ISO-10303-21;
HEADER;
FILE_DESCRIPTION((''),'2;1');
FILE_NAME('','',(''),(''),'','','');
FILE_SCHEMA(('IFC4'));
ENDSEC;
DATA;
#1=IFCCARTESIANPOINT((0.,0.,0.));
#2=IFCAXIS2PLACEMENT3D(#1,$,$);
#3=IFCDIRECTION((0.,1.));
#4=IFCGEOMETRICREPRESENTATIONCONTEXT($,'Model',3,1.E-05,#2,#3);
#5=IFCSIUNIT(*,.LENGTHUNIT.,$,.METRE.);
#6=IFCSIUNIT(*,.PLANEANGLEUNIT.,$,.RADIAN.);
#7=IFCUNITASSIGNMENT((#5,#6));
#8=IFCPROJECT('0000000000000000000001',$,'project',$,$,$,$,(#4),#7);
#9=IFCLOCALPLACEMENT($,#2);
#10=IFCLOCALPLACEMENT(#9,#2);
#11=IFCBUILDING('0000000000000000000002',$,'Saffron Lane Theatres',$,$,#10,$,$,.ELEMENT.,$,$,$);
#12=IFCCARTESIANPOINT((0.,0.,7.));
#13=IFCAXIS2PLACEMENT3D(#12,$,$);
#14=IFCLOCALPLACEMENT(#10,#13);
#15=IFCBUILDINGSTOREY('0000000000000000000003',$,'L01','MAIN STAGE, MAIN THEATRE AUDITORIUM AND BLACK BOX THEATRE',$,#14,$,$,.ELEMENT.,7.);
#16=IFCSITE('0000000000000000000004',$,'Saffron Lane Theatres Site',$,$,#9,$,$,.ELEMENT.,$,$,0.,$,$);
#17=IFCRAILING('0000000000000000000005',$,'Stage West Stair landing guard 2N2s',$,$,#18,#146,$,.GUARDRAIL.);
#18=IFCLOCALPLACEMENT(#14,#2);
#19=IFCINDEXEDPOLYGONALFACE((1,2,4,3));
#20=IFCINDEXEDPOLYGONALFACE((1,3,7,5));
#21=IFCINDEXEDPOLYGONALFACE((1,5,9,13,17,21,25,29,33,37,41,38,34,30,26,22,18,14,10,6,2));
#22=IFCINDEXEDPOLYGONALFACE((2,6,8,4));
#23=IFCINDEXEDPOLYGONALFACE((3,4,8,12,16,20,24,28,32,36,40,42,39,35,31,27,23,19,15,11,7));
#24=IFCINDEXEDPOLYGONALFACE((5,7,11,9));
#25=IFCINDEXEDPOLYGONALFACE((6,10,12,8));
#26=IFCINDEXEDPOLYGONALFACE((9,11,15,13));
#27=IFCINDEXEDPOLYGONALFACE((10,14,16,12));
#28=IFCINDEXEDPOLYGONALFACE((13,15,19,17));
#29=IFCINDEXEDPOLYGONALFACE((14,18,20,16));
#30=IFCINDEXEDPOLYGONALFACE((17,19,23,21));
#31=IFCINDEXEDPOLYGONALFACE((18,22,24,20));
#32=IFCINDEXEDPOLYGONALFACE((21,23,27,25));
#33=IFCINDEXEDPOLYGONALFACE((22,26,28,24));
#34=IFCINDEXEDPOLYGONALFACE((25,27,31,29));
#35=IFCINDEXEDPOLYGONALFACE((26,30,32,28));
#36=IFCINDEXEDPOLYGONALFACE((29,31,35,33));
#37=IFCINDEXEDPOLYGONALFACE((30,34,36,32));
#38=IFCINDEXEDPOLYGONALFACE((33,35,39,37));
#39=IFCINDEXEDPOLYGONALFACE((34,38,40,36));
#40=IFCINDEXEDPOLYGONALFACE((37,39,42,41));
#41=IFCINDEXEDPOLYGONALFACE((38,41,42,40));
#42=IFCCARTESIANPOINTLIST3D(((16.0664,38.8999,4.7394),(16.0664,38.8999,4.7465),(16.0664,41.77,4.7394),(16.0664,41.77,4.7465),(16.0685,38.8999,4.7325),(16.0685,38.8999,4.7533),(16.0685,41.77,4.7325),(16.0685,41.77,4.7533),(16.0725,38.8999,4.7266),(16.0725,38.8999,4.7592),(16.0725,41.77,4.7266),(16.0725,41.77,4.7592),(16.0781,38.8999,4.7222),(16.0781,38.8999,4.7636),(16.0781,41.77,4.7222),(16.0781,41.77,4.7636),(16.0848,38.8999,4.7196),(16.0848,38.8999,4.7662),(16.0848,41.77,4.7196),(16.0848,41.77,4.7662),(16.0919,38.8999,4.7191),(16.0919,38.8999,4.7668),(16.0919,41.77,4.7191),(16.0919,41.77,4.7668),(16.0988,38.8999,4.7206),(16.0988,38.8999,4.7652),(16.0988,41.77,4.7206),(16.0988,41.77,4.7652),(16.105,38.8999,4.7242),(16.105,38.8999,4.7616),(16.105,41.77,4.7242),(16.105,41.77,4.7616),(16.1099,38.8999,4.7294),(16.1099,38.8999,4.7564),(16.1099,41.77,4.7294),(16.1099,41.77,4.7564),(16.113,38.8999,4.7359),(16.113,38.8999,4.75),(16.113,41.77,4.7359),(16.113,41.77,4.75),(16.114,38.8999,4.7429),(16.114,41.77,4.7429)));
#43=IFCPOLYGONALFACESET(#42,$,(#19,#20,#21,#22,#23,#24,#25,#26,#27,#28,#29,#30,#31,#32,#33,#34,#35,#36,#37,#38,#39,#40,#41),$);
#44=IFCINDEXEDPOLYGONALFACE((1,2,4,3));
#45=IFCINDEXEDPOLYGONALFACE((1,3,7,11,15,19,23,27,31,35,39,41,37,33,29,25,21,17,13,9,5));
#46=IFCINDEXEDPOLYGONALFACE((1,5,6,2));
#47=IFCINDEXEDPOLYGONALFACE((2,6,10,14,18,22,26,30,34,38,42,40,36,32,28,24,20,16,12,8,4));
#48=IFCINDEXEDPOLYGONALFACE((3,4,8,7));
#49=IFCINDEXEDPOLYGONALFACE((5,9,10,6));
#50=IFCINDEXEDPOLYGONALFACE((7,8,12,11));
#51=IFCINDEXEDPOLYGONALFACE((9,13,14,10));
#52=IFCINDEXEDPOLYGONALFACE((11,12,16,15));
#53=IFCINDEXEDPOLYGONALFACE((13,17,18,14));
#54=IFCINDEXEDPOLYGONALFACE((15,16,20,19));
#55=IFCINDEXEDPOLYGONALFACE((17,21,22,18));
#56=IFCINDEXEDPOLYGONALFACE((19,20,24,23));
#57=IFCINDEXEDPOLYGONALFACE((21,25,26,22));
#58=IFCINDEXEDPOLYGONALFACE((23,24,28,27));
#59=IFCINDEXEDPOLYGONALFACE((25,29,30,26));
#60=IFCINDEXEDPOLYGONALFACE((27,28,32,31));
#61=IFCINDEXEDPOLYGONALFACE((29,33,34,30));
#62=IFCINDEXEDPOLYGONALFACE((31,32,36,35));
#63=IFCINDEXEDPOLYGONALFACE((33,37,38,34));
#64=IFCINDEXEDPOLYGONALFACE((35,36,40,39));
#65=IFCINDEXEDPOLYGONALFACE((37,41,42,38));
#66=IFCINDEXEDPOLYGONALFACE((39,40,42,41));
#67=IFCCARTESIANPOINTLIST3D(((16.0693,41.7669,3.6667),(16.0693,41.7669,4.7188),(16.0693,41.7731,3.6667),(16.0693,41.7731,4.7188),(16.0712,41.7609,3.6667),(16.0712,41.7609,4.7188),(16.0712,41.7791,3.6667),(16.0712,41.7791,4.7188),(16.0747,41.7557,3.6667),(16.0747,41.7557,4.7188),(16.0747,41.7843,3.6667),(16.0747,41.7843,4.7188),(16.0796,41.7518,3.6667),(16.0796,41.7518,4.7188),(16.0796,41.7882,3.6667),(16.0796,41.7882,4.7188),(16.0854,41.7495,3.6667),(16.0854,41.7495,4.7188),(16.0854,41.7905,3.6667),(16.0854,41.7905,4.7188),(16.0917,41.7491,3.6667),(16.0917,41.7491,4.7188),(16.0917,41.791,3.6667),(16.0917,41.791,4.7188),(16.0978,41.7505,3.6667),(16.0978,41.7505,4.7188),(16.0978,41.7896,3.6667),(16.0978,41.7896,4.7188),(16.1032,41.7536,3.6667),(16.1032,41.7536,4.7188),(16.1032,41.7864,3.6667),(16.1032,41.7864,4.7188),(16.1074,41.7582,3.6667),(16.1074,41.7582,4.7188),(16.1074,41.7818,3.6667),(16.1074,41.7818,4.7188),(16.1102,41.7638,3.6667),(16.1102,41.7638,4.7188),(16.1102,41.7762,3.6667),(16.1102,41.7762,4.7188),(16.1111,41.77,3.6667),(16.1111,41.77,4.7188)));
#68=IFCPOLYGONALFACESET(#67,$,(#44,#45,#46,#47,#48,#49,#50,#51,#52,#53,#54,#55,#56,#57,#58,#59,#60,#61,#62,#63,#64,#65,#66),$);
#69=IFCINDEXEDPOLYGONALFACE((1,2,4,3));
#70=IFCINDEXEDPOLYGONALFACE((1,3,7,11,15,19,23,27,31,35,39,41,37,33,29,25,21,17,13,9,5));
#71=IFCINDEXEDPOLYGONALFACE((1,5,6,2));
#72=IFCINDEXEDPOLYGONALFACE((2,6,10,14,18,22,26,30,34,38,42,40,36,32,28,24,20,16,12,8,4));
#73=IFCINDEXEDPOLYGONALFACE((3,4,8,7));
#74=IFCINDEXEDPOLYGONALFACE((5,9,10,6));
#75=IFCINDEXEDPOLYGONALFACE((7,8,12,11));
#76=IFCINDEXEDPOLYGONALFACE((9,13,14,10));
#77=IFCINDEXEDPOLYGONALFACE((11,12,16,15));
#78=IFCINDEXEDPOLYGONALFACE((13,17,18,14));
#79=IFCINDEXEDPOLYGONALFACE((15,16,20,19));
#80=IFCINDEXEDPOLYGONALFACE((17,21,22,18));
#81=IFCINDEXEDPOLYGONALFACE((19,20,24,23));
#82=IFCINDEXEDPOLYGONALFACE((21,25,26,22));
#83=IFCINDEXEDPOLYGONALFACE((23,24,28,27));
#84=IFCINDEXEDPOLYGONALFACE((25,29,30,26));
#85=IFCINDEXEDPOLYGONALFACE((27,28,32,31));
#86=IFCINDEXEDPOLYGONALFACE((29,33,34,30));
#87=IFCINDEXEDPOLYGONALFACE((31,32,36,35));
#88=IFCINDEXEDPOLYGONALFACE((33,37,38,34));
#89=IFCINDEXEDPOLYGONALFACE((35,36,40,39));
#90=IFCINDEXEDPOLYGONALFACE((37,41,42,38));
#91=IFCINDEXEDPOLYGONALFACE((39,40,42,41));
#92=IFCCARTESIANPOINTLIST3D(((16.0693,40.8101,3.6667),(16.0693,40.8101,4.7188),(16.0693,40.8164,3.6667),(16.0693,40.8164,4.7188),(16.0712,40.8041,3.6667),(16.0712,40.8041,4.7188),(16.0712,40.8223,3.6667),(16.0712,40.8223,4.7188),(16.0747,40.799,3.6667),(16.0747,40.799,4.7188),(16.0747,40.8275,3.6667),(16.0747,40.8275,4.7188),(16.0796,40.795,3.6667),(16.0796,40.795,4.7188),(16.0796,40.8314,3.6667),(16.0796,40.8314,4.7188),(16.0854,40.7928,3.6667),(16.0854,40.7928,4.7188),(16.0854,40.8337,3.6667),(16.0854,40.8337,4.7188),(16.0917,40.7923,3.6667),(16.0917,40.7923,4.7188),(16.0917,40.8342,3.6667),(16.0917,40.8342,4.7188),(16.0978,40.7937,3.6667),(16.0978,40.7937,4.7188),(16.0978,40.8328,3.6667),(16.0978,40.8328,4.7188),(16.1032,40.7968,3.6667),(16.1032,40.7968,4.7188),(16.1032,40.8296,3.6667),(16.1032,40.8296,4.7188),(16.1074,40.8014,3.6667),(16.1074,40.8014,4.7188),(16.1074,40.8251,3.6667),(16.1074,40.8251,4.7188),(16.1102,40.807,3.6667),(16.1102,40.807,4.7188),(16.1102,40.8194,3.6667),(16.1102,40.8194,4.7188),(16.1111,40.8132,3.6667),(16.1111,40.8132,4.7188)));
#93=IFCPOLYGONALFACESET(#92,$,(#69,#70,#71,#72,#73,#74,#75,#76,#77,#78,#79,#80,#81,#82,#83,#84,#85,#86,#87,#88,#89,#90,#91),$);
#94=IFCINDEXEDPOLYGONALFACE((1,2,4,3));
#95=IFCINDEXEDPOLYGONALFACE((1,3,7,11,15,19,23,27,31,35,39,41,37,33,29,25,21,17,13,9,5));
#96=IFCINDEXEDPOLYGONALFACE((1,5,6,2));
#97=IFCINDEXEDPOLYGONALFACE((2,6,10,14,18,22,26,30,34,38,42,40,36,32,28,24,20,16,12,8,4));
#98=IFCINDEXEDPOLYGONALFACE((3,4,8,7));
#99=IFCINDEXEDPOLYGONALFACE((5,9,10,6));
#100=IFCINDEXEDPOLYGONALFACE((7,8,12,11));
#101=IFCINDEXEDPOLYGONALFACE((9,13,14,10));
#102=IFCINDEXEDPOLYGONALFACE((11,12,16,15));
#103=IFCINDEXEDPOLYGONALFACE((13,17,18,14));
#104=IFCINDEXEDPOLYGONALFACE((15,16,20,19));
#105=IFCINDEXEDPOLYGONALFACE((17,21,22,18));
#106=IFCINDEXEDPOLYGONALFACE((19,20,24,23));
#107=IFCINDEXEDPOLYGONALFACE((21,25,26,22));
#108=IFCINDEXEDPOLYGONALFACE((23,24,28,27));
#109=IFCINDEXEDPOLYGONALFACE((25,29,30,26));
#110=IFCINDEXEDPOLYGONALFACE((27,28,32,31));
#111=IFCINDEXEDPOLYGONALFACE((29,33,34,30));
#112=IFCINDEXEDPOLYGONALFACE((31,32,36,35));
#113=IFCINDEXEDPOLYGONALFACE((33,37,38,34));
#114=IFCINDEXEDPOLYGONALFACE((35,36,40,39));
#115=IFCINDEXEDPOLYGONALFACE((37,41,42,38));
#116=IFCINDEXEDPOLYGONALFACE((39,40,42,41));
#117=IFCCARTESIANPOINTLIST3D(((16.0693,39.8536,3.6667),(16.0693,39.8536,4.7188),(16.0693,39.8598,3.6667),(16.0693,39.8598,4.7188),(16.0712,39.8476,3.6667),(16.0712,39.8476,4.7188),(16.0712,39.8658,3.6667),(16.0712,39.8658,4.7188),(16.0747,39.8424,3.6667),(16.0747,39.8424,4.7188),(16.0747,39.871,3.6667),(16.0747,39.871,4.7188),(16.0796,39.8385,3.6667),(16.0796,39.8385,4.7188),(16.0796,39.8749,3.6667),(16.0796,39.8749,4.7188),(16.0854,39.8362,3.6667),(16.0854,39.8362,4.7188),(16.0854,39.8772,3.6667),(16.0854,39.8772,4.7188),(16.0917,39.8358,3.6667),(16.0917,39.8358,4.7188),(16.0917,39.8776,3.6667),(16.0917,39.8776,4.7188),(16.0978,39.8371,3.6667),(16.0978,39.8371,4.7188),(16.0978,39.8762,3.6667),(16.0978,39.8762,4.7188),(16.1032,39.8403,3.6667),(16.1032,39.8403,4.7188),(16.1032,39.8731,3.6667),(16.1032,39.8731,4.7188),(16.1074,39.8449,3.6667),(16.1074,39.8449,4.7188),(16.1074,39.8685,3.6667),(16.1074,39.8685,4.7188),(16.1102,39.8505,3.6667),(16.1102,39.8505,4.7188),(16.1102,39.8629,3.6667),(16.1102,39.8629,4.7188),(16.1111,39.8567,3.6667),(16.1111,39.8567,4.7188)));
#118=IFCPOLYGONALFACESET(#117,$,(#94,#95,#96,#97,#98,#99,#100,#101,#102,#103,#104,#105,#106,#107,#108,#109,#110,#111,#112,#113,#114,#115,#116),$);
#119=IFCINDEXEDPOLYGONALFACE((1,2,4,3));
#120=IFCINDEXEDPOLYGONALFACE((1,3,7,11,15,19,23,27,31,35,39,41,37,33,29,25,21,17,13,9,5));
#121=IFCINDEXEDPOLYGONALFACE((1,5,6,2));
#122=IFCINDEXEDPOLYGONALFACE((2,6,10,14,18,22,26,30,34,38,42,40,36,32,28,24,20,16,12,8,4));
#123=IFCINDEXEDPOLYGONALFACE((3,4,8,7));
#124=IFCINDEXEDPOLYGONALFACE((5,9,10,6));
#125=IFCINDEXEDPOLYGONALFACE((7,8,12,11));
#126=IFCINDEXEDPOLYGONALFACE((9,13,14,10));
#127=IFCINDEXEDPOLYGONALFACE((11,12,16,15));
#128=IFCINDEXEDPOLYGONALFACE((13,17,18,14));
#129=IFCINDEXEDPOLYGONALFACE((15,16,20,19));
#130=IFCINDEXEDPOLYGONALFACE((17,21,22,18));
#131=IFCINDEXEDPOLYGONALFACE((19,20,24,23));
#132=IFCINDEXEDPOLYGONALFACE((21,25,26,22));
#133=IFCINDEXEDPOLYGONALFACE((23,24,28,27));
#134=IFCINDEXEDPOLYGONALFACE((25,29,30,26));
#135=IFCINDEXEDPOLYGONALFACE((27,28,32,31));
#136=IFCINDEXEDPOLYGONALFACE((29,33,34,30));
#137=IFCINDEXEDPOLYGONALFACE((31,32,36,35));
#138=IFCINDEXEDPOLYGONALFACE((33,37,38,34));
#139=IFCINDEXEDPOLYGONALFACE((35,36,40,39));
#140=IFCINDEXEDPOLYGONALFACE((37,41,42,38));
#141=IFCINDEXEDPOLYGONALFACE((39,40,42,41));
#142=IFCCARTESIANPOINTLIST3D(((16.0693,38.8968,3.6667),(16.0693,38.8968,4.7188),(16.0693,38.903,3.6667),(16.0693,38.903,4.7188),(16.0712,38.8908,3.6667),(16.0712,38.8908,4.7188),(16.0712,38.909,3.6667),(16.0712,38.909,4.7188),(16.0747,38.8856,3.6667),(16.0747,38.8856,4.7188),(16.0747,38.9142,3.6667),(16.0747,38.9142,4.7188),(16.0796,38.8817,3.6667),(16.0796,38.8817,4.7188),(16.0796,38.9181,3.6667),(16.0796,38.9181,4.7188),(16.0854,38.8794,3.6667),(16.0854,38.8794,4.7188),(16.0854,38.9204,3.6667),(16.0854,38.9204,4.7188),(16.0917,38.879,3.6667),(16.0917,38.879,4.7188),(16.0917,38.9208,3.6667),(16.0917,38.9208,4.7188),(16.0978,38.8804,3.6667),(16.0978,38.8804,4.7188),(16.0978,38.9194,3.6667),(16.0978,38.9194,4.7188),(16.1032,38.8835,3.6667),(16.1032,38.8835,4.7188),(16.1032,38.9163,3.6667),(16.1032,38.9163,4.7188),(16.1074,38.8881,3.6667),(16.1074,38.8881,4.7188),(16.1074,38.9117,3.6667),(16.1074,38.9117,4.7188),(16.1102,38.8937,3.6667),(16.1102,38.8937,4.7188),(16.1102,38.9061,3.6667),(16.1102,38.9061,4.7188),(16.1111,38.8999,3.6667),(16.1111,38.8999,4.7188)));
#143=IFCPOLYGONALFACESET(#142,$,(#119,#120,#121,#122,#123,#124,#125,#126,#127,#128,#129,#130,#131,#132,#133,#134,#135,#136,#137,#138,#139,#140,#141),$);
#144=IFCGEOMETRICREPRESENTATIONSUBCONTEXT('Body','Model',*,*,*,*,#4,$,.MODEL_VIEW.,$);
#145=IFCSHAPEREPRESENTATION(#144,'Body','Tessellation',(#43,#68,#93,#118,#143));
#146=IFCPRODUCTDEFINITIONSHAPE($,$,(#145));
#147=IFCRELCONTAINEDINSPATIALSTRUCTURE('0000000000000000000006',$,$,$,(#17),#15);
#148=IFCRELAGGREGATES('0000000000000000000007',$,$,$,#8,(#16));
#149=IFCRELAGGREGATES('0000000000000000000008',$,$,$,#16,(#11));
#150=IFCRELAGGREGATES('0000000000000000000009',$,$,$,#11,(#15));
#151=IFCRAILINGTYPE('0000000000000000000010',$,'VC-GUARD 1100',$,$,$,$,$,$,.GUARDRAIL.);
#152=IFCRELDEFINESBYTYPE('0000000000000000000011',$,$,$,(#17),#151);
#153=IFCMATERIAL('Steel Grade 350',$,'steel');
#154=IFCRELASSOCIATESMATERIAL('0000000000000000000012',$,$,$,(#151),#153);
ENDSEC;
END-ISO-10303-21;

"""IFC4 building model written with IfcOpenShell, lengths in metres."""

from ifc_helpers import new_model, si_unit, direction, frame, origin, origin_2d, place, context, subcontext, project, spatial, circle, extrude, material, type_object, element, save


model = new_model("IFC4")

# Units and contexts
model_context = context("Model", 3, precision=1e-05, world=origin(), true_north=direction((0.0, 1.0)))
body_context = subcontext(model_context, "Body", "Model", "MODEL_VIEW")
ifc_project = project(units=[si_unit("LENGTHUNIT", "METRE"), si_unit("PLANEANGLEUNIT", "RADIAN")], contexts=[model_context])

# Site, building, storey
site_placement = place(None, origin())
site = spatial("IfcSite", under=ifc_project, at=site_placement, Name="Saffron Lane Theatres Site", CompositionType="ELEMENT", RefElevation=0.0)
building_placement = place(site_placement, origin())
building = spatial("IfcBuilding", under=site, at=building_placement, Name="Saffron Lane Theatres", CompositionType="ELEMENT")
storey_placement = place(building_placement, frame((0.0, 0.0, 7.0)))
storey = spatial("IfcBuildingStorey", under=building, at=storey_placement, Name="L01", Description="MAIN STAGE, MAIN THEATRE AUDITORIUM AND BLACK BOX THEATRE", CompositionType="ELEMENT", Elevation=7.0)

# Railing
ifc_material_1 = material(Name="Steel Grade 350", Category="steel")
railing_type_1 = type_object("IfcRailingType", Name="VC-GUARD 1100", PredefinedType="GUARDRAIL", material=ifc_material_1)
railing_1_placement = place(storey_placement, frame((16.0901, 41.77, 3.6667)))
element("IfcRailing", 1, at=railing_1_placement, inside=storey, type_object=railing_type_1, Name="Stage West Stair landing guard 2N2s", PredefinedType="GUARDRAIL", context=body_context, shape_type="SweptSolid", body=[
    extrude(circle(Radius=0.0239, at=origin_2d()), frame((0.0, 0.0, 1.0762), z_axis=(0.0, -1.0, 0.0), x_axis=(1.0, 0.0, 0.0)), (0.0, 0.0, 1.0), 2.8701),
    extrude(circle(Radius=0.021, at=origin_2d()), origin(), (0.0, 0.0, 1.0), 1.052),
    extrude(circle(Radius=0.021, at=origin_2d()), frame((0.0, -0.9568, 0.0)), (0.0, 0.0, 1.0), 1.052),
    extrude(circle(Radius=0.021, at=origin_2d()), frame((0.0, -1.9133, 0.0)), (0.0, 0.0, 1.0), 1.052),
    extrude(circle(Radius=0.021, at=origin_2d()), frame((0.0, -2.8701, 0.0)), (0.0, 0.0, 1.0), 1.052),
])

save(model, "model.ifc")
